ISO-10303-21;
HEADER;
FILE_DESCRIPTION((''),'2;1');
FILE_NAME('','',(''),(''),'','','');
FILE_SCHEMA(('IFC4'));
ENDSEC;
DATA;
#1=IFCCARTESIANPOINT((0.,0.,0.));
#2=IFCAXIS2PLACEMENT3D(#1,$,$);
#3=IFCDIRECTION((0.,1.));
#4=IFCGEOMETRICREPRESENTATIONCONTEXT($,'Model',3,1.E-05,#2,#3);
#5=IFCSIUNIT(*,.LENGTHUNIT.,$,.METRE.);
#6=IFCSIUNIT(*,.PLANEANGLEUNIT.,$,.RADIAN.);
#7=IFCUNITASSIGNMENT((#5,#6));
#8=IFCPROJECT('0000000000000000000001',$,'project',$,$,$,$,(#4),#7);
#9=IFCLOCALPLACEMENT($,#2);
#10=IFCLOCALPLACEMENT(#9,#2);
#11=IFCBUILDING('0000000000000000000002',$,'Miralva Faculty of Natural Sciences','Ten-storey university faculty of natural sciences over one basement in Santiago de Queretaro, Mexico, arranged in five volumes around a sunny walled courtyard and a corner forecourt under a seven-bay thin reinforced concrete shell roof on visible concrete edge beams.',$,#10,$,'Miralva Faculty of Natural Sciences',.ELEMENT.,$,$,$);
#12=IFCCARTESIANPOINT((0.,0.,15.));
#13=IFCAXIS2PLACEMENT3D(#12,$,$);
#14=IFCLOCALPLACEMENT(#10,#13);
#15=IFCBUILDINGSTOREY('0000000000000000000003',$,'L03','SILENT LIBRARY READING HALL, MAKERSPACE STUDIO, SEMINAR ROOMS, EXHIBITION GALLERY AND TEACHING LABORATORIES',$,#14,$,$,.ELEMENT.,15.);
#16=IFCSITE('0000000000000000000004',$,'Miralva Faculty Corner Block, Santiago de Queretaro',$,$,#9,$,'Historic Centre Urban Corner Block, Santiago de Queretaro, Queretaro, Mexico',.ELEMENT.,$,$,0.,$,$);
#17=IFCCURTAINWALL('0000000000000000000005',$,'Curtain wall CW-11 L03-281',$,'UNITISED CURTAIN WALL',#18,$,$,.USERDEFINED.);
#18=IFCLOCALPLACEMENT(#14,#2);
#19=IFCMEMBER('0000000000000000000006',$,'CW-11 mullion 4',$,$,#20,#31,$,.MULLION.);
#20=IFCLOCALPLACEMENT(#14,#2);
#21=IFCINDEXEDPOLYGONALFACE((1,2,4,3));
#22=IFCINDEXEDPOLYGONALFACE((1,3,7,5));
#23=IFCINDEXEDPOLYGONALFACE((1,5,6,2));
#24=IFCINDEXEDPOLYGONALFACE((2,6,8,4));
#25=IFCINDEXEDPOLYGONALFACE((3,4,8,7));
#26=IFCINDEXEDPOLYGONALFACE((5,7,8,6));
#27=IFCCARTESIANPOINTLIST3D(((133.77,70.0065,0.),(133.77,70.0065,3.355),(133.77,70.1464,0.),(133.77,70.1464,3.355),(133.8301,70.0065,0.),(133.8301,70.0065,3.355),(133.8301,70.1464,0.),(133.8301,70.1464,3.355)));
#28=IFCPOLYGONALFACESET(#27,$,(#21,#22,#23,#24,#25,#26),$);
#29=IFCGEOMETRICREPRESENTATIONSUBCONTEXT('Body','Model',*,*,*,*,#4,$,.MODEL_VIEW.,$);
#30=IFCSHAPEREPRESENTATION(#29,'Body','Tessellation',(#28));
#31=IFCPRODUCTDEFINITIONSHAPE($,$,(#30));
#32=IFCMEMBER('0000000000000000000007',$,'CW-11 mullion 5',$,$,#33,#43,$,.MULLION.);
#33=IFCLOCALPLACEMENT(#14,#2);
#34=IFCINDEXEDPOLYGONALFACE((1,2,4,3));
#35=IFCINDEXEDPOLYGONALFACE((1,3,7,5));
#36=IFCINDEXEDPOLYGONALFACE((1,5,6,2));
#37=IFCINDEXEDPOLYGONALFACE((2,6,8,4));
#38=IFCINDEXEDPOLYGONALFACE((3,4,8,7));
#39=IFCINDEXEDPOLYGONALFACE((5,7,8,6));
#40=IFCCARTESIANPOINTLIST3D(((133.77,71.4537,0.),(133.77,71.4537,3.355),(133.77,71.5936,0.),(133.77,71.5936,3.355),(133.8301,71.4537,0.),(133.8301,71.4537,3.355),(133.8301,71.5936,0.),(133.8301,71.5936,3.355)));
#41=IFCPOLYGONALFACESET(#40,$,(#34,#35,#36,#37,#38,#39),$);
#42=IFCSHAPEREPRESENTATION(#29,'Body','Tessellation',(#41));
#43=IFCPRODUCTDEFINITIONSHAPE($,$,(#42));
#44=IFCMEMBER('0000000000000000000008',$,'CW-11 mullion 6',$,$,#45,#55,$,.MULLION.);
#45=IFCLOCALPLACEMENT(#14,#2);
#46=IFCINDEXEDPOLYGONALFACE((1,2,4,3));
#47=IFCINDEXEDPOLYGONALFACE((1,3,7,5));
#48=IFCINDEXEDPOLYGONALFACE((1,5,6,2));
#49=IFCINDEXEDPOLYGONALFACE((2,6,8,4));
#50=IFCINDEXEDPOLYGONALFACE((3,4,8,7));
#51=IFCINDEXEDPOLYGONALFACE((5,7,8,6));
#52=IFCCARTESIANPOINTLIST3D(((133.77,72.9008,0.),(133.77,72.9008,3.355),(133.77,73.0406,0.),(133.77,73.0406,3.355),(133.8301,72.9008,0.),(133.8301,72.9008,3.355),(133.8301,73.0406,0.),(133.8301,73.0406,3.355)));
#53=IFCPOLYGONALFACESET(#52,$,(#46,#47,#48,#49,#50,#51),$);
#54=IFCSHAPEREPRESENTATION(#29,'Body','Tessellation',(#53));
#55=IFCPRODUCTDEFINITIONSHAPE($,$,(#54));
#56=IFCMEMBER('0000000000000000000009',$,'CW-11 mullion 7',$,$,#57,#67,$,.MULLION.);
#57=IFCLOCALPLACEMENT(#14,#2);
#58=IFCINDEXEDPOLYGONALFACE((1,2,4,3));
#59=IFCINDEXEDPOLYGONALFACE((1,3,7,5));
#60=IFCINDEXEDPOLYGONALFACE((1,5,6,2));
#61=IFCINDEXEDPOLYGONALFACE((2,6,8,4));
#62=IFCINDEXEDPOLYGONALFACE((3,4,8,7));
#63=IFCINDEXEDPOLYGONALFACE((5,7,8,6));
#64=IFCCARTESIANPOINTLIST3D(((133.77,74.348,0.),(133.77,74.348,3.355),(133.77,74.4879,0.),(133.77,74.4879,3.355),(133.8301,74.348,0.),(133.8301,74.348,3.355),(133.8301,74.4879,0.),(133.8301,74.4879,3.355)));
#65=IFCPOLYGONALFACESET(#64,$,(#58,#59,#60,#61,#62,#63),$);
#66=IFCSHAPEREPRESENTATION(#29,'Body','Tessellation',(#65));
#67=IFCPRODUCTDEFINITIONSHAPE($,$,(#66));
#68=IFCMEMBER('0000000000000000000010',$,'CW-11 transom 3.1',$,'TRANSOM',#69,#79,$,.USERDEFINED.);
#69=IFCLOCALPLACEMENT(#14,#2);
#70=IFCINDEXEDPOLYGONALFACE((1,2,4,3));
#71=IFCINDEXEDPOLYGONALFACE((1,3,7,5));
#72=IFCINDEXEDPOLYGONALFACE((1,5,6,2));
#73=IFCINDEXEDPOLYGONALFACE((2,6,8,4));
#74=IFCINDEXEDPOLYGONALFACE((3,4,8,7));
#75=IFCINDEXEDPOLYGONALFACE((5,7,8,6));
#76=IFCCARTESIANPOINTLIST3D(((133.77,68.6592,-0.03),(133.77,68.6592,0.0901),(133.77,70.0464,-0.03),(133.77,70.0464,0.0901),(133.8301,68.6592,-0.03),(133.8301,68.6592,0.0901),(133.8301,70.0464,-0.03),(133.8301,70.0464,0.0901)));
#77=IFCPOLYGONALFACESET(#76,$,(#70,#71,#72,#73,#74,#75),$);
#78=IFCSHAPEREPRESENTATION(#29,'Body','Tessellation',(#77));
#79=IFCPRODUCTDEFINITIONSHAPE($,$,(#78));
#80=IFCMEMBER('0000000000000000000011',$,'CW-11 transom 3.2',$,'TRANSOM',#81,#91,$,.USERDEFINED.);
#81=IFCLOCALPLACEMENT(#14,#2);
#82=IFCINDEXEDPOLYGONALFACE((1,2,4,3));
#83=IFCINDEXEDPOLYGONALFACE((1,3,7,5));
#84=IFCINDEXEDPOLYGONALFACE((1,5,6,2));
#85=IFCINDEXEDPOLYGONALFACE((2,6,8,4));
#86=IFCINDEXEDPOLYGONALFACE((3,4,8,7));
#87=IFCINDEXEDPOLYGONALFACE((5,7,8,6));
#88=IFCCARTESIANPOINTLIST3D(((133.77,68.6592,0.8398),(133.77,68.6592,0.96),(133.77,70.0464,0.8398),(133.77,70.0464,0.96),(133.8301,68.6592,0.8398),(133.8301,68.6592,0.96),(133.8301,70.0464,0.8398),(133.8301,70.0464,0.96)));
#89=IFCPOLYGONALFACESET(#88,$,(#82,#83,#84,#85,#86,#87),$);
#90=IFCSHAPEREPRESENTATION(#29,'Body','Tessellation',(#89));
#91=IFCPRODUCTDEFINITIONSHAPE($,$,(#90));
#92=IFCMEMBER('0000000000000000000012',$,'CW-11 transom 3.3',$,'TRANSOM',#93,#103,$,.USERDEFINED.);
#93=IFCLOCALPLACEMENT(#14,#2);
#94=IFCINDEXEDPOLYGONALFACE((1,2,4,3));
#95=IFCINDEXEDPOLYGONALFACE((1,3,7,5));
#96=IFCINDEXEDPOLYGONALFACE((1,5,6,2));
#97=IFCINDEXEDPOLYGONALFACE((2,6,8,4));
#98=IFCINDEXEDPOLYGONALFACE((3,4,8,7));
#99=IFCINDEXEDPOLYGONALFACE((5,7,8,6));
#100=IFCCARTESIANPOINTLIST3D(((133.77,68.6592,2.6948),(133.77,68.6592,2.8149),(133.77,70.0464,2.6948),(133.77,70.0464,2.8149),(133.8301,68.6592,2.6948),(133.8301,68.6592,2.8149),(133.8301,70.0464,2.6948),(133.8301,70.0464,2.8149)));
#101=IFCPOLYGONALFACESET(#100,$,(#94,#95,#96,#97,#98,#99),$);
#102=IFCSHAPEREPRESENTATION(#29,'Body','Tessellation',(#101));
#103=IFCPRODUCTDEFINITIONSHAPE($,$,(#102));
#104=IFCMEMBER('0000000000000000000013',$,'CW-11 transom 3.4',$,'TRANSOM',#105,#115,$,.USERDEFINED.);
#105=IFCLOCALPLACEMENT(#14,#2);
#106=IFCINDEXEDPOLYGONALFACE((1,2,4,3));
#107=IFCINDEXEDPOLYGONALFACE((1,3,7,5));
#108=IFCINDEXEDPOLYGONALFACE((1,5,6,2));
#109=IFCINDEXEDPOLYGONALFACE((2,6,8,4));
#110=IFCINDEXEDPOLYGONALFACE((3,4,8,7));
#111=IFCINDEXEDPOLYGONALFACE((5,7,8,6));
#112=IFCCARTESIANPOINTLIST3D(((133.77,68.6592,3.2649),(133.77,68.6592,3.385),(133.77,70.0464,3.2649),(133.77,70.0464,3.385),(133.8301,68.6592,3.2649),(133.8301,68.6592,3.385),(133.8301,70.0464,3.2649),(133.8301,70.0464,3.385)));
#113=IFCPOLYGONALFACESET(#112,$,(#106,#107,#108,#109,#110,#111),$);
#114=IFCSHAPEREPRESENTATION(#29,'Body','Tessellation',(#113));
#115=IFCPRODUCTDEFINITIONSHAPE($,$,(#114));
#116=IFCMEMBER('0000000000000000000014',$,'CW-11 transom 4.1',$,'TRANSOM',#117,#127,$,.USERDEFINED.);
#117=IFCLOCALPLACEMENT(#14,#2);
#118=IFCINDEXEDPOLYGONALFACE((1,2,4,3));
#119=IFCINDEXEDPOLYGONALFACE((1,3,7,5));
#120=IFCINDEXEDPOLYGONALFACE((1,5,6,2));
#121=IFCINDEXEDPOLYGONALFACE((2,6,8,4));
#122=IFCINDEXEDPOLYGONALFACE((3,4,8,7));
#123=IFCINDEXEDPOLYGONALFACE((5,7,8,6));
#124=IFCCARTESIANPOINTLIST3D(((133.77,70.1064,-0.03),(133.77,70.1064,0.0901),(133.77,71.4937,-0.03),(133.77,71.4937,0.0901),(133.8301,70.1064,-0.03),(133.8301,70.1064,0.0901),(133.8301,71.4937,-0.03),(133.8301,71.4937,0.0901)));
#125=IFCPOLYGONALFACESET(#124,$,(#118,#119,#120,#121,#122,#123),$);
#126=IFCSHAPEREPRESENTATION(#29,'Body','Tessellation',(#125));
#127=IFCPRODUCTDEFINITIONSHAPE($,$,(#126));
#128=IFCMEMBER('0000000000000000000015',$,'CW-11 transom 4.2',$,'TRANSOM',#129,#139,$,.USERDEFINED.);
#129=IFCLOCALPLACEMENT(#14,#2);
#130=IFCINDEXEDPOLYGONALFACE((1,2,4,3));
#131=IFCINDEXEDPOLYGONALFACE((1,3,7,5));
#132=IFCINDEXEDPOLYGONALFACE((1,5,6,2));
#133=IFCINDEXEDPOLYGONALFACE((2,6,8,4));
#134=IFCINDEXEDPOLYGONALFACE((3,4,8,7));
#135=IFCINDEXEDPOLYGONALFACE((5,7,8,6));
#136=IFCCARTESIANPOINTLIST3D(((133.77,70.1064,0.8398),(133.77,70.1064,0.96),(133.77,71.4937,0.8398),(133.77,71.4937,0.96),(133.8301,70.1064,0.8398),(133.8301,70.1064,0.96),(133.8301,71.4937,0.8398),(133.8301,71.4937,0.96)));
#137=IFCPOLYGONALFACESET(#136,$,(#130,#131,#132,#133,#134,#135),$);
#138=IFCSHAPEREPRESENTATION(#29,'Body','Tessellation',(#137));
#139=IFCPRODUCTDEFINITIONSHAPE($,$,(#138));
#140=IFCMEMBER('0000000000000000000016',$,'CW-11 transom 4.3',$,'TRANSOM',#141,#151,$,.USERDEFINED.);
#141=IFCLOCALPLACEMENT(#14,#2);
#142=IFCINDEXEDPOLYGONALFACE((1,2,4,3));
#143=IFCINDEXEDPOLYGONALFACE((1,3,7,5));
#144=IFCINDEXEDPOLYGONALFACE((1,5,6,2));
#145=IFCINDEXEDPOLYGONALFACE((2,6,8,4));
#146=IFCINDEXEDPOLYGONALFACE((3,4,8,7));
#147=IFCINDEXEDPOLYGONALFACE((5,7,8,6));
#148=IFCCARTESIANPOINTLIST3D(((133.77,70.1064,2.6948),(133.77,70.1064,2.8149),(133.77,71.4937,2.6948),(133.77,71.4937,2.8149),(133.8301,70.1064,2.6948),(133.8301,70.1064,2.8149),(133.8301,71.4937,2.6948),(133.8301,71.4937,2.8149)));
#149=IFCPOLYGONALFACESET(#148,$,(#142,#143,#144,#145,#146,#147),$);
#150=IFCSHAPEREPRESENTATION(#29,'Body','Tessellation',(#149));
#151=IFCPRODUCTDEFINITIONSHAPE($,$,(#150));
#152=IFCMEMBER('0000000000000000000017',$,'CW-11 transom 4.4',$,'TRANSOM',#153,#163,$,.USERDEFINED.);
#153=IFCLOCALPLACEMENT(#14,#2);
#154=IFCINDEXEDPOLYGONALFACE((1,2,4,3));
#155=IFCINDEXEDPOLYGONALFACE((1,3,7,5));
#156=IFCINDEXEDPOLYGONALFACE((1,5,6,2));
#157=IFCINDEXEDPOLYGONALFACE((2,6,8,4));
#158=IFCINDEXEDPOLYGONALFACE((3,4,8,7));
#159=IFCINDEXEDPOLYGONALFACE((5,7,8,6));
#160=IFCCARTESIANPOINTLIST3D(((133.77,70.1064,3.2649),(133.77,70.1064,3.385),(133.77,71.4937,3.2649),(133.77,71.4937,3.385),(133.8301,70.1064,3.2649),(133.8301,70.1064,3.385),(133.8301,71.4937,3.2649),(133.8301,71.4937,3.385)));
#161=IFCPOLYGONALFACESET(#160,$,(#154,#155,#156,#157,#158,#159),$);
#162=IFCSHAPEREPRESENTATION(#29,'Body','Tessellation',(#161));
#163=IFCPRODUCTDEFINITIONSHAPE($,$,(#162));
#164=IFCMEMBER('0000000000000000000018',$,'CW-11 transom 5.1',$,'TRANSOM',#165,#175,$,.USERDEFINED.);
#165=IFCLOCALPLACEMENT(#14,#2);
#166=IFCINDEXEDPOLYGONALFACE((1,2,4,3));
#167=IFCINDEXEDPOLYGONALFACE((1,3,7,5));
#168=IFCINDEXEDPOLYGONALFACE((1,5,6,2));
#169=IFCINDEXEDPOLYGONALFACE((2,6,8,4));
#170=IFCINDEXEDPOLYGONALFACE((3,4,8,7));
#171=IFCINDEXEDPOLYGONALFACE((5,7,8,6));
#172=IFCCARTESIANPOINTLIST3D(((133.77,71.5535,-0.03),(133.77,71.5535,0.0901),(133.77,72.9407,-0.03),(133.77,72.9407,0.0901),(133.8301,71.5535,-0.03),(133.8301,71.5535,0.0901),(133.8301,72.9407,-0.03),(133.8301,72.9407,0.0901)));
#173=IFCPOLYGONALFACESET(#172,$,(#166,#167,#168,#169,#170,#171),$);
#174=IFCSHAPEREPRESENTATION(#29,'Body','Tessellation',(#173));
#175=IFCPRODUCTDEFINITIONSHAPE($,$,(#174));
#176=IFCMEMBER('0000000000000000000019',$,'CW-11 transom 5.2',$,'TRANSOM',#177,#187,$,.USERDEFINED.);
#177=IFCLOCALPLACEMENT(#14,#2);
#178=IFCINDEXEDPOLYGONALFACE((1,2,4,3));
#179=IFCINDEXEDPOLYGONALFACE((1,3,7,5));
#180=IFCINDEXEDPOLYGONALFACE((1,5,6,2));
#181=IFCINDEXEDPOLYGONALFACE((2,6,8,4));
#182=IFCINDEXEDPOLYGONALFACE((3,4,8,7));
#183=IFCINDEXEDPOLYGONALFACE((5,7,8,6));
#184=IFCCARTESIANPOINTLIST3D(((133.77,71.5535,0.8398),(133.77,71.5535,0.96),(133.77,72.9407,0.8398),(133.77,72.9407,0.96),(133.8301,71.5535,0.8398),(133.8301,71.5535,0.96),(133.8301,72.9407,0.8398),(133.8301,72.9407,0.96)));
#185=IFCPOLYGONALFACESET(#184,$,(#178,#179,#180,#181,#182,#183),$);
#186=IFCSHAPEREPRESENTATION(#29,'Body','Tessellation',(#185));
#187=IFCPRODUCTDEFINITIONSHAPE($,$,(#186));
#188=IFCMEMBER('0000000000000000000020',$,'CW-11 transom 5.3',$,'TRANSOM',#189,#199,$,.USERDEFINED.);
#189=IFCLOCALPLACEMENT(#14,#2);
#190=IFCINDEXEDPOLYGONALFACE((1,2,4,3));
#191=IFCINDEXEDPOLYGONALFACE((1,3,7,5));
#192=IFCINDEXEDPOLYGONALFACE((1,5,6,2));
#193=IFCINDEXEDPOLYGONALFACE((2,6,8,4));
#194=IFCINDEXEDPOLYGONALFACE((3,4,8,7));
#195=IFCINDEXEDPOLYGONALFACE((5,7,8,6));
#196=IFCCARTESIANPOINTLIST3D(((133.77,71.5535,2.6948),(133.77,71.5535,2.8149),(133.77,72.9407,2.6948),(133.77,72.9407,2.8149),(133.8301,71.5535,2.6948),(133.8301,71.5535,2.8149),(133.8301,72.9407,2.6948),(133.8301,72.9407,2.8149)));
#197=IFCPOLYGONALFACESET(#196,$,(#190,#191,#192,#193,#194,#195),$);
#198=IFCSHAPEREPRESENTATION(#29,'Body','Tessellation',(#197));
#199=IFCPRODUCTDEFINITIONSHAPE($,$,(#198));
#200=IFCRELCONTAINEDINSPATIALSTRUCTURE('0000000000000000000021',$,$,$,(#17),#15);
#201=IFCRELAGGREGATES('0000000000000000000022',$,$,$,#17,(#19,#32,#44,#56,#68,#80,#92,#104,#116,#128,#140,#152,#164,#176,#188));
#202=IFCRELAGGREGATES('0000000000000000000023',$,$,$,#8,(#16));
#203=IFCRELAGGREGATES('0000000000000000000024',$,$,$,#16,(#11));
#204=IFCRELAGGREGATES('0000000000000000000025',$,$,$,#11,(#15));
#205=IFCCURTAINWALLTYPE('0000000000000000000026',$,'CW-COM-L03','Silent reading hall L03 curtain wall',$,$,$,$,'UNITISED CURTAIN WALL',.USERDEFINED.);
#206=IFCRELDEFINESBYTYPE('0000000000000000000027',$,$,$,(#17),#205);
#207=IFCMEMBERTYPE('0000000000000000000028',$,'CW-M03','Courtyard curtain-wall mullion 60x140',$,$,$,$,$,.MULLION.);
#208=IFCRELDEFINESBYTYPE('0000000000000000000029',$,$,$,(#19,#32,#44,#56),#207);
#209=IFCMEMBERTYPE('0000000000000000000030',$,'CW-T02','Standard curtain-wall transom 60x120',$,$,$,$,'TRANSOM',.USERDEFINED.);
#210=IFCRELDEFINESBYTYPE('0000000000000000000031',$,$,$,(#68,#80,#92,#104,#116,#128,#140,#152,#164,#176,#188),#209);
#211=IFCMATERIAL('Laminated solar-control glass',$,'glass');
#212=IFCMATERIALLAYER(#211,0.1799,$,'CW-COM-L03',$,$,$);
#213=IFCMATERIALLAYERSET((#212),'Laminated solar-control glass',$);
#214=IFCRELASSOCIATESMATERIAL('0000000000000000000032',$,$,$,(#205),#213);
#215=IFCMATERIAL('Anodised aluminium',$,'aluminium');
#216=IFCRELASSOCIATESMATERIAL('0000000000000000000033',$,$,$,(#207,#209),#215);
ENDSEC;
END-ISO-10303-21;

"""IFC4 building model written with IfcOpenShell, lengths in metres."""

from ifc_helpers import new_model, si_unit, direction, frame, origin, origin_2d, place, context, subcontext, project, spatial, rectangle, extrude, material, layer, layer_set, material_profile, profile_set, type_object, element, aggregate, save


model = new_model("IFC4")

# Units and contexts
model_context = context("Model", 3, precision=1e-05, world=origin(), true_north=direction((0.0, 1.0)))
body_context = subcontext(model_context, "Body", "Model", "MODEL_VIEW")
ifc_project = project(units=[si_unit("LENGTHUNIT", "METRE"), si_unit("PLANEANGLEUNIT", "RADIAN")], contexts=[model_context])

# Site, building, storey
site_placement = place(None, origin())
site = spatial("IfcSite", under=ifc_project, at=site_placement, Name="Miralva Faculty Corner Block, Santiago de Queretaro", LongName="Historic Centre Urban Corner Block, Santiago de Queretaro, Queretaro, Mexico", CompositionType="ELEMENT", RefElevation=0.0)
building_placement = place(site_placement, origin())
building = spatial("IfcBuilding", under=site, at=building_placement, Name="Miralva Faculty of Natural Sciences", Description="Ten-storey university faculty of natural sciences over one basement in Santiago de Queretaro, Mexico, arranged in five volumes around a sunny walled courtyard and a corner forecourt under a seven-bay thin reinforced concrete shell roof on visible concrete edge beams.", LongName="Miralva Faculty of Natural Sciences", CompositionType="ELEMENT")
storey_placement = place(building_placement, frame((0.0, 0.0, 15.0)))
storey = spatial("IfcBuildingStorey", under=building, at=storey_placement, Name="L03", Description="SILENT LIBRARY READING HALL, MAKERSPACE STUDIO, SEMINAR ROOMS, EXHIBITION GALLERY AND TEACHING LABORATORIES", CompositionType="ELEMENT", Elevation=15.0)

# Curtain wall, members
ifc_material_1 = material(Name="Laminated solar-control glass", Category="glass")
ifc_layer_1 = layer(ifc_material_1, 0.1799, Name="CW-COM-L03")
ifc_layer_set_1 = layer_set([ifc_layer_1], Name="Laminated solar-control glass")
curtain_wall_type = type_object("IfcCurtainWallType", Name="CW-COM-L03", Description="Silent reading hall L03 curtain wall", ElementType="UNITISED CURTAIN WALL", PredefinedType="USERDEFINED", material=ifc_layer_set_1)
curtain_wall_placement = place(storey_placement, origin())
curtain_wall = element("IfcCurtainWall", 1, at=curtain_wall_placement, inside=storey, type_object=curtain_wall_type, Name="Curtain wall CW-11 L03-281", ObjectType="UNITISED CURTAIN WALL", PredefinedType="USERDEFINED")
ifc_material_2 = material(Name="Anodised aluminium", Category="aluminium")
ifc_material_profile_1 = material_profile(ifc_material_2, rectangle(XDim=0.0601, YDim=0.1399, at=origin_2d()), Name="MULLION 60x140")
ifc_profile_set_1 = profile_set([ifc_material_profile_1], Name="Anodised aluminium")
member_type_1 = type_object("IfcMemberType", Name="CW-M03", Description="Courtyard curtain-wall mullion 60x140", PredefinedType="MULLION", material=ifc_profile_set_1)
member_1_placement = place(storey_placement, frame((133.8, 70.0764, 0.0), z_axis=(0.0, 0.0, 1.0), x_axis=(-1.0, 0.0, 0.0)))
member_1 = element("IfcMember", 2, at=member_1_placement, type_object=member_type_1, Name="CW-11 mullion 4", PredefinedType="MULLION", context=body_context, shape_type="SweptSolid", body=[
    extrude(rectangle(XDim=0.0601, YDim=0.1399, at=origin_2d()), origin(), (0.0, 0.0, 1.0), 3.355),
])
member_2_placement = place(storey_placement, frame((133.8, 71.5237, 0.0), z_axis=(0.0, 0.0, 1.0), x_axis=(-1.0, 0.0, 0.0)))
member_2 = element("IfcMember", 3, at=member_2_placement, type_object=member_type_1, Name="CW-11 mullion 5", PredefinedType="MULLION", context=body_context, shape_type="SweptSolid", body=[
    extrude(rectangle(XDim=0.0601, YDim=0.1399, at=origin_2d()), origin(), (0.0, 0.0, 1.0), 3.355),
])
member_3_placement = place(storey_placement, frame((133.8, 72.9707, 0.0), z_axis=(0.0, 0.0, 1.0), x_axis=(-1.0, 0.0, 0.0)))
member_3 = element("IfcMember", 4, at=member_3_placement, type_object=member_type_1, Name="CW-11 mullion 6", PredefinedType="MULLION", context=body_context, shape_type="SweptSolid", body=[
    extrude(rectangle(XDim=0.0601, YDim=0.1399, at=origin_2d()), origin(), (0.0, 0.0, 1.0), 3.355),
])
member_4_placement = place(storey_placement, frame((133.8, 74.418, 0.0), z_axis=(0.0, 0.0, 1.0), x_axis=(-1.0, 0.0, 0.0)))
member_4 = element("IfcMember", 5, at=member_4_placement, type_object=member_type_1, Name="CW-11 mullion 7", PredefinedType="MULLION", context=body_context, shape_type="SweptSolid", body=[
    extrude(rectangle(XDim=0.0601, YDim=0.1399, at=origin_2d()), origin(), (0.0, 0.0, 1.0), 3.355),
])
ifc_material_profile_2 = material_profile(ifc_material_2, rectangle(XDim=0.0601, YDim=0.1201, at=origin_2d()), Name="TRANSOM 60x120")
ifc_profile_set_2 = profile_set([ifc_material_profile_2], Name="Anodised aluminium")
member_type_2 = type_object("IfcMemberType", Name="CW-T02", Description="Standard curtain-wall transom 60x120", ElementType="TRANSOM", PredefinedType="USERDEFINED", material=ifc_profile_set_2)
member_5_placement = place(storey_placement, frame((133.8, 68.6592, 0.03), z_axis=(0.0, 1.0, 0.0), x_axis=(-1.0, 0.0, 0.0)))
member_5 = element("IfcMember", 6, at=member_5_placement, type_object=member_type_2, Name="CW-11 transom 3.1", ObjectType="TRANSOM", PredefinedType="USERDEFINED", context=body_context, shape_type="SweptSolid", body=[
    extrude(rectangle(XDim=0.0601, YDim=0.1201, at=origin_2d()), origin(), (0.0, 0.0, 1.0), 1.3872),
])
member_6_placement = place(storey_placement, frame((133.8, 68.6592, 0.8999), z_axis=(0.0, 1.0, 0.0), x_axis=(-1.0, 0.0, 0.0)))
member_6 = element("IfcMember", 7, at=member_6_placement, type_object=member_type_2, Name="CW-11 transom 3.2", ObjectType="TRANSOM", PredefinedType="USERDEFINED", context=body_context, shape_type="SweptSolid", body=[
    extrude(rectangle(XDim=0.0601, YDim=0.1201, at=origin_2d()), origin(), (0.0, 0.0, 1.0), 1.3872),
])
member_7_placement = place(storey_placement, frame((133.8, 68.6592, 2.7549), z_axis=(0.0, 1.0, 0.0), x_axis=(-1.0, 0.0, 0.0)))
member_7 = element("IfcMember", 8, at=member_7_placement, type_object=member_type_2, Name="CW-11 transom 3.3", ObjectType="TRANSOM", PredefinedType="USERDEFINED", context=body_context, shape_type="SweptSolid", body=[
    extrude(rectangle(XDim=0.0601, YDim=0.1201, at=origin_2d()), origin(), (0.0, 0.0, 1.0), 1.3872),
])
member_8_placement = place(storey_placement, frame((133.8, 68.6592, 3.325), z_axis=(0.0, 1.0, 0.0), x_axis=(-1.0, 0.0, 0.0)))
member_8 = element("IfcMember", 9, at=member_8_placement, type_object=member_type_2, Name="CW-11 transom 3.4", ObjectType="TRANSOM", PredefinedType="USERDEFINED", context=body_context, shape_type="SweptSolid", body=[
    extrude(rectangle(XDim=0.0601, YDim=0.1201, at=origin_2d()), origin(), (0.0, 0.0, 1.0), 1.3872),
])
member_9_placement = place(storey_placement, frame((133.8, 70.1064, 0.03), z_axis=(0.0, 1.0, 0.0), x_axis=(-1.0, 0.0, 0.0)))
member_9 = element("IfcMember", 10, at=member_9_placement, type_object=member_type_2, Name="CW-11 transom 4.1", ObjectType="TRANSOM", PredefinedType="USERDEFINED", context=body_context, shape_type="SweptSolid", body=[
    extrude(rectangle(XDim=0.0601, YDim=0.1201, at=origin_2d()), origin(), (0.0, 0.0, 1.0), 1.3872),
])
member_10_placement = place(storey_placement, frame((133.8, 70.1064, 0.8999), z_axis=(0.0, 1.0, 0.0), x_axis=(-1.0, 0.0, 0.0)))
member_10 = element("IfcMember", 11, at=member_10_placement, type_object=member_type_2, Name="CW-11 transom 4.2", ObjectType="TRANSOM", PredefinedType="USERDEFINED", context=body_context, shape_type="SweptSolid", body=[
    extrude(rectangle(XDim=0.0601, YDim=0.1201, at=origin_2d()), origin(), (0.0, 0.0, 1.0), 1.3872),
])
member_11_placement = place(storey_placement, frame((133.8, 70.1064, 2.7549), z_axis=(0.0, 1.0, 0.0), x_axis=(-1.0, 0.0, 0.0)))
member_11 = element("IfcMember", 12, at=member_11_placement, type_object=member_type_2, Name="CW-11 transom 4.3", ObjectType="TRANSOM", PredefinedType="USERDEFINED", context=body_context, shape_type="SweptSolid", body=[
    extrude(rectangle(XDim=0.0601, YDim=0.1201, at=origin_2d()), origin(), (0.0, 0.0, 1.0), 1.3872),
])
member_12_placement = place(storey_placement, frame((133.8, 70.1064, 3.325), z_axis=(0.0, 1.0, 0.0), x_axis=(-1.0, 0.0, 0.0)))
member_12 = element("IfcMember", 13, at=member_12_placement, type_object=member_type_2, Name="CW-11 transom 4.4", ObjectType="TRANSOM", PredefinedType="USERDEFINED", context=body_context, shape_type="SweptSolid", body=[
    extrude(rectangle(XDim=0.0601, YDim=0.1201, at=origin_2d()), origin(), (0.0, 0.0, 1.0), 1.3872),
])
member_13_placement = place(storey_placement, frame((133.8, 71.5535, 0.03), z_axis=(0.0, 1.0, 0.0), x_axis=(-1.0, 0.0, 0.0)))
member_13 = element("IfcMember", 14, at=member_13_placement, type_object=member_type_2, Name="CW-11 transom 5.1", ObjectType="TRANSOM", PredefinedType="USERDEFINED", context=body_context, shape_type="SweptSolid", body=[
    extrude(rectangle(XDim=0.0601, YDim=0.1201, at=origin_2d()), origin(), (0.0, 0.0, 1.0), 1.3872),
])
member_14_placement = place(storey_placement, frame((133.8, 71.5535, 0.8999), z_axis=(0.0, 1.0, 0.0), x_axis=(-1.0, 0.0, 0.0)))
member_14 = element("IfcMember", 15, at=member_14_placement, type_object=member_type_2, Name="CW-11 transom 5.2", ObjectType="TRANSOM", PredefinedType="USERDEFINED", context=body_context, shape_type="SweptSolid", body=[
    extrude(rectangle(XDim=0.0601, YDim=0.1201, at=origin_2d()), origin(), (0.0, 0.0, 1.0), 1.3872),
])
member_15_placement = place(storey_placement, frame((133.8, 71.5535, 2.7549), z_axis=(0.0, 1.0, 0.0), x_axis=(-1.0, 0.0, 0.0)))
member_15 = element("IfcMember", 16, at=member_15_placement, type_object=member_type_2, Name="CW-11 transom 5.3", ObjectType="TRANSOM", PredefinedType="USERDEFINED", context=body_context, shape_type="SweptSolid", body=[
    extrude(rectangle(XDim=0.0601, YDim=0.1201, at=origin_2d()), origin(), (0.0, 0.0, 1.0), 1.3872),
])
aggregate(curtain_wall, [member_1, member_2, member_3, member_4, member_5, member_6, member_7, member_8, member_9, member_10, member_11, member_12, member_13, member_14, member_15])

save(model, "model.ifc")
